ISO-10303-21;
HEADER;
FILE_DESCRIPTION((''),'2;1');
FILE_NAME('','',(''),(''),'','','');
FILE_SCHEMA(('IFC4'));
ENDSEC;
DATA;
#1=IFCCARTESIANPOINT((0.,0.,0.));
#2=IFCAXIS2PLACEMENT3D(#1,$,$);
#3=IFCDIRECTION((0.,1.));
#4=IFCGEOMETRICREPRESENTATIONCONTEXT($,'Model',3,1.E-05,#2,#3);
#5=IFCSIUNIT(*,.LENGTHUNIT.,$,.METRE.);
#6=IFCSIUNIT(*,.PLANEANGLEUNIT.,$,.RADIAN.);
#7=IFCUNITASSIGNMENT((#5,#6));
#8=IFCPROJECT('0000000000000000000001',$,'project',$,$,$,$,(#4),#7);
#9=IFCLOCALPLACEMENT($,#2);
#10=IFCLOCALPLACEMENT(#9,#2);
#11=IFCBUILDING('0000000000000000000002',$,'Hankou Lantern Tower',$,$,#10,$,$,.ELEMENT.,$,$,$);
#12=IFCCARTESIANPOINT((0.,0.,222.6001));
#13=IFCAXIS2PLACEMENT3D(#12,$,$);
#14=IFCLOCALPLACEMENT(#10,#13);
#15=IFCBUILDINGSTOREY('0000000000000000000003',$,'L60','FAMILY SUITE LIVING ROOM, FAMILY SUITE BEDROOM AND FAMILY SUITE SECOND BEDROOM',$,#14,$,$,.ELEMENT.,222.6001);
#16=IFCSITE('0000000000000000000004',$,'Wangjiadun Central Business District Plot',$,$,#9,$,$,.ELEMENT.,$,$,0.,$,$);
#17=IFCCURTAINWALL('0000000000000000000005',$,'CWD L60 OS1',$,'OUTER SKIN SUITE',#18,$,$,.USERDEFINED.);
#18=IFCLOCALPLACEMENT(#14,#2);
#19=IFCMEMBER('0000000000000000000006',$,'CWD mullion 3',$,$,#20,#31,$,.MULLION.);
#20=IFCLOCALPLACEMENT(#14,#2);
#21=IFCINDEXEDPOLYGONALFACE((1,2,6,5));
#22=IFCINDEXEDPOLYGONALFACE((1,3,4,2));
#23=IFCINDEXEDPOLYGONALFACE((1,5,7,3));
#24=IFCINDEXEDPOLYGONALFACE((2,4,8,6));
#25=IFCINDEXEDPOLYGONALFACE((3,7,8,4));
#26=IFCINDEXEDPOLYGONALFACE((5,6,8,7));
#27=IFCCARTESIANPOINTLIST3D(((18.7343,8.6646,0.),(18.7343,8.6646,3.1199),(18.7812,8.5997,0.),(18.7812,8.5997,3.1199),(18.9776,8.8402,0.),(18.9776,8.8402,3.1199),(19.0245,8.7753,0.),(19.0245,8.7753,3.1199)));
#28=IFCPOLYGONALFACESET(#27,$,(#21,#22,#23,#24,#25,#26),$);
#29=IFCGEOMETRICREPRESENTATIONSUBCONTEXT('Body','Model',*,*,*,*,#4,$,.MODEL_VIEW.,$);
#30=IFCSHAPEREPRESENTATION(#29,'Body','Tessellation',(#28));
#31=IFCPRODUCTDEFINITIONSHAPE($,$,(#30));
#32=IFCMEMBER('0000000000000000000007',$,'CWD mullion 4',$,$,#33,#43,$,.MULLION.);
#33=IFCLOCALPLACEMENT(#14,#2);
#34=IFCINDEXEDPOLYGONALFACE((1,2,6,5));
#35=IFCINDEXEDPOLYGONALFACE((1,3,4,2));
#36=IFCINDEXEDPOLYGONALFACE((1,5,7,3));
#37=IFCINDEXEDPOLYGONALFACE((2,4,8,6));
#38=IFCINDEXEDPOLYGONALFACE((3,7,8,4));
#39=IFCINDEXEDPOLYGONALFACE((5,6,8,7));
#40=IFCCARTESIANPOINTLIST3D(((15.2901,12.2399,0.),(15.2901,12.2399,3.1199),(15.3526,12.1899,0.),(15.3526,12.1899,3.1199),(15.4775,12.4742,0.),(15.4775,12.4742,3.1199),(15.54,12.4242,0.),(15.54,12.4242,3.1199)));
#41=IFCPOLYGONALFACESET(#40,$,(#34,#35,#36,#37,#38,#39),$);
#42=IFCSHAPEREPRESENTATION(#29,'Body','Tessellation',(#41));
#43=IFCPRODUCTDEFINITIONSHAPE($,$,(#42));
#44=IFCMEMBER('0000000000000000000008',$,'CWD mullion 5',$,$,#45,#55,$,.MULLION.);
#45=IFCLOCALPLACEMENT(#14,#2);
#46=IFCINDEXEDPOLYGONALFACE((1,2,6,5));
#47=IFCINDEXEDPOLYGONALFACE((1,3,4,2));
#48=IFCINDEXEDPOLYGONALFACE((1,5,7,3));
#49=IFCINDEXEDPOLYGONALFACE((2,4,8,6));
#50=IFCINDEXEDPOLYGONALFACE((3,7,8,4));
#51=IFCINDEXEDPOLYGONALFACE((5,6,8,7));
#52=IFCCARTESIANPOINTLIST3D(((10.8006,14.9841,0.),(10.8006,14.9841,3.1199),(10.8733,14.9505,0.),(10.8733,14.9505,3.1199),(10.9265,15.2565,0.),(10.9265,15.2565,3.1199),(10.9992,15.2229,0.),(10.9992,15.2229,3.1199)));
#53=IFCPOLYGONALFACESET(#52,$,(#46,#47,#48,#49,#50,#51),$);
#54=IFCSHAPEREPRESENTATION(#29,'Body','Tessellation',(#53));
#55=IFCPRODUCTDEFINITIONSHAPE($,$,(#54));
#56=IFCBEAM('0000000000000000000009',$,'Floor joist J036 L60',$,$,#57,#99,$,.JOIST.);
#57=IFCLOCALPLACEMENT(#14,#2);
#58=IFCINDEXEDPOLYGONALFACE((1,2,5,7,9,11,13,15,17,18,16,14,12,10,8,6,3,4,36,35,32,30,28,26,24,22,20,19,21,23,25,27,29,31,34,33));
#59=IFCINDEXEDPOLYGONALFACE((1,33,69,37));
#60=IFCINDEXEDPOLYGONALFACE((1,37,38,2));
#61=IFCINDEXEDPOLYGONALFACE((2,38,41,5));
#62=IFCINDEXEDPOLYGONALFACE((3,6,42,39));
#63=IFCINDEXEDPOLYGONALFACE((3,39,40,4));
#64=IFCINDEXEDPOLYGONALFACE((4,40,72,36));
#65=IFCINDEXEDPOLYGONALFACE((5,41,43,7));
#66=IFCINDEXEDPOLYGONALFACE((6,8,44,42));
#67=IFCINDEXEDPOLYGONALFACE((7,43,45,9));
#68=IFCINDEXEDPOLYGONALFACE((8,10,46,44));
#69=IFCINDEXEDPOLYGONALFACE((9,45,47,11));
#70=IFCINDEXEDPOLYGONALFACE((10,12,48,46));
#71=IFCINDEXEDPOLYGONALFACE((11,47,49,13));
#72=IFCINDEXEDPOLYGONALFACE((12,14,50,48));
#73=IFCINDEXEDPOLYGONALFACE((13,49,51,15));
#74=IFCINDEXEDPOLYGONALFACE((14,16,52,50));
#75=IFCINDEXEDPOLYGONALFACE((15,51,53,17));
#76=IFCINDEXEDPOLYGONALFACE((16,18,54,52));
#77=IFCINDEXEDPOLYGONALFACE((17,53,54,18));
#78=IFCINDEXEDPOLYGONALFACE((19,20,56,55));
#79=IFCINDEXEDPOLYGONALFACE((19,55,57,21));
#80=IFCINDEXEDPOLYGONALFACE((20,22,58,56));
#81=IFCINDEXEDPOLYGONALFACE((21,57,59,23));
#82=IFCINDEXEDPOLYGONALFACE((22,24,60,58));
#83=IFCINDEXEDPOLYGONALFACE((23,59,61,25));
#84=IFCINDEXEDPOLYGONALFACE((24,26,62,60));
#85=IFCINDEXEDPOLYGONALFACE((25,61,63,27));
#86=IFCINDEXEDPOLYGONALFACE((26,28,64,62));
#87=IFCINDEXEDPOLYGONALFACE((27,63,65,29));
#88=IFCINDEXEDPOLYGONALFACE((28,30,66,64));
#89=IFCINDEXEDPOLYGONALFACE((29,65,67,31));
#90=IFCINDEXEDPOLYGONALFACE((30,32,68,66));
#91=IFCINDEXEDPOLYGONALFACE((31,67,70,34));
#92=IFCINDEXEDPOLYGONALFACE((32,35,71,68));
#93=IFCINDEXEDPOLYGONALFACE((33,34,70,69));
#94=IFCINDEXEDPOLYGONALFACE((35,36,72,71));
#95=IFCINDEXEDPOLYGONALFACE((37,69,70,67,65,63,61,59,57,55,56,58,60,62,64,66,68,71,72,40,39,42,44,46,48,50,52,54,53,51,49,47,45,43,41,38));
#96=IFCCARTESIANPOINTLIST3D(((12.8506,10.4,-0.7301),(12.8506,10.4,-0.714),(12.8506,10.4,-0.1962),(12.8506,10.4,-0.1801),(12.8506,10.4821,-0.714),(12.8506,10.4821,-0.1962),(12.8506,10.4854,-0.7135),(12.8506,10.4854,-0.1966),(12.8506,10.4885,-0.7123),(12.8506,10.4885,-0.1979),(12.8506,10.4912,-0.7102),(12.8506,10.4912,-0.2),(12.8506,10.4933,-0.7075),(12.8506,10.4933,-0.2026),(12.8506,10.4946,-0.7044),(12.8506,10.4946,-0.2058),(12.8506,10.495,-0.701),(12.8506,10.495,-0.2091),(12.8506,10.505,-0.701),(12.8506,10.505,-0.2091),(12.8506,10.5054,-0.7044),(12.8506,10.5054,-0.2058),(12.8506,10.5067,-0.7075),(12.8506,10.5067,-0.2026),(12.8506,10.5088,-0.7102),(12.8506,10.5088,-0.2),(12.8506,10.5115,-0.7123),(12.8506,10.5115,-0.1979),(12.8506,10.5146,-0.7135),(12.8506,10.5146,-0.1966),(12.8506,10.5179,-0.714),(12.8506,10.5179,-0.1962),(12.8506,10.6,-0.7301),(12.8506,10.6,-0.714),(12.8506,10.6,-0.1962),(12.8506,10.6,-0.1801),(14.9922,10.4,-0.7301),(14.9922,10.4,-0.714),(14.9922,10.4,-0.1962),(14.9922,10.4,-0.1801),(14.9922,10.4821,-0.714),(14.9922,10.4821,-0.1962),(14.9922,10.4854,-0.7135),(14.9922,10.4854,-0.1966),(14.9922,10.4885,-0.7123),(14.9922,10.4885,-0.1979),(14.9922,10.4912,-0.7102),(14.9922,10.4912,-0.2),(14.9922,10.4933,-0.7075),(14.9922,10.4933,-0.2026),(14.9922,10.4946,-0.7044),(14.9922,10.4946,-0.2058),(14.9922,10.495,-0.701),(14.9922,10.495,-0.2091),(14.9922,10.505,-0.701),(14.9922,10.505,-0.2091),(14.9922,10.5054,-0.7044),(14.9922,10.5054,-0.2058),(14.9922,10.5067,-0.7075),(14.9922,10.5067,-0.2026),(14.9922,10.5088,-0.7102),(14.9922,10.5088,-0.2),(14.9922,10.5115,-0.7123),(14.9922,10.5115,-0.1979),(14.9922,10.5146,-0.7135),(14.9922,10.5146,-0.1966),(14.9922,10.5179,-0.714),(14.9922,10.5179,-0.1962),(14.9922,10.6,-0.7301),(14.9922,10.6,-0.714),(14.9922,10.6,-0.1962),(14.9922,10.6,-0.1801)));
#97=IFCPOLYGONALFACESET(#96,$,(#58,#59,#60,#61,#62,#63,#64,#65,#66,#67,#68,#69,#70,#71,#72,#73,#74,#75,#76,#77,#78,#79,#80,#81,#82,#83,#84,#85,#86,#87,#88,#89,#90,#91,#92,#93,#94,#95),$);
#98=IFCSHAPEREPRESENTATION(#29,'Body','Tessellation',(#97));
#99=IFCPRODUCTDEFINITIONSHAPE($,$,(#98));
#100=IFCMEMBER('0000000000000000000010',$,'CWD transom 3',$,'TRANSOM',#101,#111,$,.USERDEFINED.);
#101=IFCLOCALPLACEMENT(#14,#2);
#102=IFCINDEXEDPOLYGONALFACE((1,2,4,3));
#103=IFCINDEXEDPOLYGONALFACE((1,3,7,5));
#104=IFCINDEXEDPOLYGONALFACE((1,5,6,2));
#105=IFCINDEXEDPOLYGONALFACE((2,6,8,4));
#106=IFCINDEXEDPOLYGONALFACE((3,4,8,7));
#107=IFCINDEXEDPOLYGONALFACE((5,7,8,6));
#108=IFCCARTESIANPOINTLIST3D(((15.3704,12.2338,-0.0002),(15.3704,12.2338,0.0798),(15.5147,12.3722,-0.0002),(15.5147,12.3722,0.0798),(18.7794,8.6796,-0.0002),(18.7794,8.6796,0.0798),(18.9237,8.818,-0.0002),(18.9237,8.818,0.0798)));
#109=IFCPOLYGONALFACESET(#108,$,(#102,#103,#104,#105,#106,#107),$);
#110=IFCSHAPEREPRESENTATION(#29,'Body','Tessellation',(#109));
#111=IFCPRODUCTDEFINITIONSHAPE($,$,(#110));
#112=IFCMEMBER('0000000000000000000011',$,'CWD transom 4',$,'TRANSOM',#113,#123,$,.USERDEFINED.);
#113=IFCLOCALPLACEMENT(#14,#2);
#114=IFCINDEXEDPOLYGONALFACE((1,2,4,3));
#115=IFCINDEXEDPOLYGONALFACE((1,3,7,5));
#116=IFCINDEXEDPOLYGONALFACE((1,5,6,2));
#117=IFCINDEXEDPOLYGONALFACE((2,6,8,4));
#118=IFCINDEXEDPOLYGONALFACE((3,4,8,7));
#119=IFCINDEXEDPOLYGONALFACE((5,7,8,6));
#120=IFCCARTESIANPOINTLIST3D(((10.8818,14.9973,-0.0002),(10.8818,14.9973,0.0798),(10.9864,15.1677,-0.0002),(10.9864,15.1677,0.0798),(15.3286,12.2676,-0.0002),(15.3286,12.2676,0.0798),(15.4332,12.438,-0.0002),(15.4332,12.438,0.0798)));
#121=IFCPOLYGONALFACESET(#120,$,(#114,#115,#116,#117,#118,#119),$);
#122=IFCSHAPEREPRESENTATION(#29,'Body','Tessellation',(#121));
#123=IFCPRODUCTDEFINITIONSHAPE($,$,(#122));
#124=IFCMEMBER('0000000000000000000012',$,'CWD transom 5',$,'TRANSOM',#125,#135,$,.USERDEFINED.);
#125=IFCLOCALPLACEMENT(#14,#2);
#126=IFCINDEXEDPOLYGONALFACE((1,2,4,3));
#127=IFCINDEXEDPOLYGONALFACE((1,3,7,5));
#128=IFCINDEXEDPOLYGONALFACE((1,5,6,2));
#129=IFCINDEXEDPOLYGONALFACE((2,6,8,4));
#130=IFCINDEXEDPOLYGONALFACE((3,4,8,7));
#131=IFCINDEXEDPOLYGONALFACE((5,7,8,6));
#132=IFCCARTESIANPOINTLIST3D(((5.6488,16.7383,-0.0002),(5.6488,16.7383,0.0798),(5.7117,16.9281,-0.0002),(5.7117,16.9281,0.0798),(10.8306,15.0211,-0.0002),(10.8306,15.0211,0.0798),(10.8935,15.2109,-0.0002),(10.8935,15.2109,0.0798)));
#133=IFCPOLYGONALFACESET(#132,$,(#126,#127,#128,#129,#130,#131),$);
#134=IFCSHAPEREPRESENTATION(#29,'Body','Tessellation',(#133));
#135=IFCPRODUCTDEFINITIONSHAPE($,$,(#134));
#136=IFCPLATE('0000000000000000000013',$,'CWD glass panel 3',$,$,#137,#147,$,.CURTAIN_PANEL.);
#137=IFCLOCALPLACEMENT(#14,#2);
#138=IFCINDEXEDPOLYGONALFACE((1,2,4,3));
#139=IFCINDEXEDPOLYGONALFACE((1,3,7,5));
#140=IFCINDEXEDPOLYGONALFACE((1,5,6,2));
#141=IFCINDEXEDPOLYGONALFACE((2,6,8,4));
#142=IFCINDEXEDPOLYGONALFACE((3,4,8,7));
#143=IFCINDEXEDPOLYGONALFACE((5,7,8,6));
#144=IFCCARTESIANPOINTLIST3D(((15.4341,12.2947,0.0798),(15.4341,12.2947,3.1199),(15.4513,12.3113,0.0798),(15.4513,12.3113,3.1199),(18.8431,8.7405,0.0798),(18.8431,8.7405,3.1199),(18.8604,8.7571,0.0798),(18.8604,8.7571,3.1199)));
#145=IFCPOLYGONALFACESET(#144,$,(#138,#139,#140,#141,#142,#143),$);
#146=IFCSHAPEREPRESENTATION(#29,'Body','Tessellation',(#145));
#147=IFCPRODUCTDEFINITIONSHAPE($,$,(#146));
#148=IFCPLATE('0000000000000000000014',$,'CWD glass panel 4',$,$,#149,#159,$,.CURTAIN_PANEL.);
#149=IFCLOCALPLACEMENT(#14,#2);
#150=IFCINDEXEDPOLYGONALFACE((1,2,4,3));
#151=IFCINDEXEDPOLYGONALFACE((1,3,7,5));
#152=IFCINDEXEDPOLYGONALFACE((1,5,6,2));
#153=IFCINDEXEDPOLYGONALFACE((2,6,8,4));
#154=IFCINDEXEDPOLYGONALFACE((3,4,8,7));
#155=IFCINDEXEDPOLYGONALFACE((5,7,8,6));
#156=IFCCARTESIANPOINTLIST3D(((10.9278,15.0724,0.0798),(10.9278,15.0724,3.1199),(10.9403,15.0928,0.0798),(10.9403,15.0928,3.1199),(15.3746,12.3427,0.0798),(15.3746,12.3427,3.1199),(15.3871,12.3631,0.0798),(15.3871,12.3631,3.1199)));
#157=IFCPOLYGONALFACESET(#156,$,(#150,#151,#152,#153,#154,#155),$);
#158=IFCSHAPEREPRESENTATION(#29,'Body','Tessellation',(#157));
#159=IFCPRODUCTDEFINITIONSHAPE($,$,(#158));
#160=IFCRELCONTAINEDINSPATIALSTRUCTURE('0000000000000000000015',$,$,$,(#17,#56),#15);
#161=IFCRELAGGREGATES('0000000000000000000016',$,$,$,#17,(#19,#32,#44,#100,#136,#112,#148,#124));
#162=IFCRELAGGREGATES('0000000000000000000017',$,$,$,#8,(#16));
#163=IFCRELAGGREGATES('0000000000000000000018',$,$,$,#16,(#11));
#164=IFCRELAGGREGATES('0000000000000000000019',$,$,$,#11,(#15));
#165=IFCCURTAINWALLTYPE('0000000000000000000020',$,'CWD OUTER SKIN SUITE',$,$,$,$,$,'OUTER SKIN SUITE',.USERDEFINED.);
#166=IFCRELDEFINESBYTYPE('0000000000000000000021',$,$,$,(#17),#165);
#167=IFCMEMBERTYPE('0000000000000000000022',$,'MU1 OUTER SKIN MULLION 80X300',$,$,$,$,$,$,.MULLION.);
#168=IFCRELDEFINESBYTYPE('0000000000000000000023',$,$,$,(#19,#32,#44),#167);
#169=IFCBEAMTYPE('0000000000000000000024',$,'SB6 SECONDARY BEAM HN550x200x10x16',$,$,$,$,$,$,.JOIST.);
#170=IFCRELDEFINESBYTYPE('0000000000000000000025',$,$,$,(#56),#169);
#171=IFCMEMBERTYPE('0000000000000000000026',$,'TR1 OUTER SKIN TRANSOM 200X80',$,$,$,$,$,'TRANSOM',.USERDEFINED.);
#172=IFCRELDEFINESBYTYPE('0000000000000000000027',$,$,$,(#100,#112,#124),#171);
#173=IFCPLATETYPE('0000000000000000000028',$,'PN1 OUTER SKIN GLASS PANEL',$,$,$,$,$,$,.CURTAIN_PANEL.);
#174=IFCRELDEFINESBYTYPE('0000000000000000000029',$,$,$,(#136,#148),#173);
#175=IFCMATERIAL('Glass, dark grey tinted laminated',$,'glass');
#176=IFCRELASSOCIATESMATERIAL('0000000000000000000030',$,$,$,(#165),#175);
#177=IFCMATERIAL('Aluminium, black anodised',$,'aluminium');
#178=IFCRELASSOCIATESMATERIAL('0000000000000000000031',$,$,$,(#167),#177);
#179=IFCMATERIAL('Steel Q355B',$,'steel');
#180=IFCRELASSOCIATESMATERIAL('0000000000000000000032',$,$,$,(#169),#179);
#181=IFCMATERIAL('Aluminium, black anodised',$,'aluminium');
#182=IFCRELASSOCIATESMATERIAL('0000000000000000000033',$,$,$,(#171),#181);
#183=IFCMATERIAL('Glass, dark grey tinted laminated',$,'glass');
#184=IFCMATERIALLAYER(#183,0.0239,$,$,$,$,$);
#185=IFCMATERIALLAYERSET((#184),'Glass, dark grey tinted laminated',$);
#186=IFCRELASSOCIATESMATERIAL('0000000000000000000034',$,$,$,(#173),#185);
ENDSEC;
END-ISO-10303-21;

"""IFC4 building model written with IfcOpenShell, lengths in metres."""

from ifc_helpers import new_model, si_unit, direction, frame, origin, origin_2d, place, context, subcontext, project, spatial, rectangle, i_section, extrude, material, layer, layer_set, material_profile, profile_set, type_object, element, aggregate, save


model = new_model("IFC4")

# Units and contexts
model_context = context("Model", 3, precision=1e-05, world=origin(), true_north=direction((0.0, 1.0)))
body_context = subcontext(model_context, "Body", "Model", "MODEL_VIEW")
ifc_project = project(units=[si_unit("LENGTHUNIT", "METRE"), si_unit("PLANEANGLEUNIT", "RADIAN")], contexts=[model_context])

# Site, building, storey
site_placement = place(None, origin())
site = spatial("IfcSite", under=ifc_project, at=site_placement, Name="Wangjiadun Central Business District Plot", CompositionType="ELEMENT", RefElevation=0.0)
building_placement = place(site_placement, origin())
building = spatial("IfcBuilding", under=site, at=building_placement, Name="Hankou Lantern Tower", CompositionType="ELEMENT")
storey_placement = place(building_placement, frame((0.0, 0.0, 222.6001)))
storey = spatial("IfcBuildingStorey", under=building, at=storey_placement, Name="L60", Description="FAMILY SUITE LIVING ROOM, FAMILY SUITE BEDROOM AND FAMILY SUITE SECOND BEDROOM", CompositionType="ELEMENT", Elevation=222.6001)

# Curtain wall, members
ifc_material_1 = material(Name="Glass, dark grey tinted laminated", Category="glass")
curtain_wall_type = type_object("IfcCurtainWallType", Name="CWD OUTER SKIN SUITE", ElementType="OUTER SKIN SUITE", PredefinedType="USERDEFINED", material=ifc_material_1)
curtain_wall_placement = place(storey_placement, origin())
curtain_wall = element("IfcCurtainWall", 1, at=curtain_wall_placement, inside=storey, type_object=curtain_wall_type, Name="CWD L60 OS1", ObjectType="OUTER SKIN SUITE", PredefinedType="USERDEFINED")
ifc_material_2 = material(Name="Aluminium, black anodised", Category="aluminium")
ifc_material_profile_1 = material_profile(ifc_material_2, rectangle(XDim=0.0801, YDim=0.3, at=origin_2d()), Name="MU1 80X300")
ifc_profile_set_1 = profile_set([ifc_material_profile_1], Name="Aluminium, black anodised")
member_type_1 = type_object("IfcMemberType", Name="MU1 OUTER SKIN MULLION 80X300", PredefinedType="MULLION", material=ifc_profile_set_1)
member_1_placement = place(storey_placement, frame((18.8794, 8.72, 0.0), z_axis=(0.0, 0.0, 1.0), x_axis=(-0.585206, 0.810885, 0.0)))
member_1 = element("IfcMember", 2, at=member_1_placement, type_object=member_type_1, Name="CWD mullion 3", PredefinedType="MULLION", context=body_context, shape_type="SweptSolid", body=[
    extrude(rectangle(XDim=0.0801, YDim=0.3, at=origin_2d()), origin(), (0.0, 0.0, 1.0), 3.1199),
])
member_2_placement = place(storey_placement, frame((15.415, 12.332, 0.0), z_axis=(0.0, 0.0, 1.0), x_axis=(-0.780869, 0.624695, 0.0)))
member_2 = element("IfcMember", 3, at=member_2_placement, type_object=member_type_1, Name="CWD mullion 4", PredefinedType="MULLION", context=body_context, shape_type="SweptSolid", body=[
    extrude(rectangle(XDim=0.0801, YDim=0.3, at=origin_2d()), origin(), (0.0, 0.0, 1.0), 3.1199),
])
member_3_placement = place(storey_placement, frame((10.8999, 15.1035, 0.0), z_axis=(0.0, 0.0, 1.0), x_axis=(-0.907841, 0.419314, 0.0)))
member_3 = element("IfcMember", 4, at=member_3_placement, type_object=member_type_1, Name="CWD mullion 5", PredefinedType="MULLION", context=body_context, shape_type="SweptSolid", body=[
    extrude(rectangle(XDim=0.0801, YDim=0.3, at=origin_2d()), origin(), (0.0, 0.0, 1.0), 3.1199),
])

# Beam
ifc_material_3 = material(Name="Steel Q355B", Category="steel")
ifc_material_profile_2 = material_profile(ifc_material_3, i_section(OverallWidth=0.2, OverallDepth=0.55, WebThickness=0.01, FlangeThickness=0.0161, FilletRadius=0.0129, at=origin_2d()), Name="HN550x200x10x16")
ifc_profile_set_2 = profile_set([ifc_material_profile_2], Name="Steel Q355B")
beam_type_1 = type_object("IfcBeamType", Name="SB6 SECONDARY BEAM HN550x200x10x16", PredefinedType="JOIST", material=ifc_profile_set_2)
beam_1_placement = place(storey_placement, frame((12.8506, 10.5, -0.4551), z_axis=(1.0, 0.0, 0.0), x_axis=(0.0, 1.0, 0.0)))
element("IfcBeam", 5, at=beam_1_placement, inside=storey, type_object=beam_type_1, Name="Floor joist J036 L60", PredefinedType="JOIST", context=body_context, shape_type="SweptSolid", body=[
    extrude(i_section(OverallWidth=0.2, OverallDepth=0.55, WebThickness=0.01, FlangeThickness=0.0161, FilletRadius=0.0129, at=origin_2d()), origin(), (0.0, 0.0, 1.0), 2.1416),
])

# Members
ifc_material_4 = material(Name="Aluminium, black anodised", Category="aluminium")
ifc_material_profile_3 = material_profile(ifc_material_4, rectangle(XDim=0.2, YDim=0.0801, at=origin_2d()), Name="TR1 200X80")
ifc_profile_set_3 = profile_set([ifc_material_profile_3], Name="Aluminium, black anodised")
member_type_2 = type_object("IfcMemberType", Name="TR1 OUTER SKIN TRANSOM 200X80", ElementType="TRANSOM", PredefinedType="USERDEFINED", material=ifc_profile_set_3)
member_4_placement = place(storey_placement, frame((18.8516, 8.7488, 0.0398), z_axis=(-0.692205, 0.721701, 0.0), x_axis=(-0.721701, -0.692205, 0.0)))
member_4 = element("IfcMember", 6, at=member_4_placement, type_object=member_type_2, Name="CWD transom 3", ObjectType="TRANSOM", PredefinedType="USERDEFINED", context=body_context, shape_type="SweptSolid", body=[
    extrude(rectangle(XDim=0.2, YDim=0.0801, at=origin_2d()), origin(), (0.0, 0.0, 1.0), 4.9248),
])
member_5_placement = place(storey_placement, frame((15.3809, 12.3528, 0.0398), z_axis=(-0.852235, 0.52316, 0.0), x_axis=(-0.52316, -0.852235, 0.0)))
member_5 = element("IfcMember", 7, at=member_5_placement, type_object=member_type_2, Name="CWD transom 4", ObjectType="TRANSOM", PredefinedType="USERDEFINED", context=body_context, shape_type="SweptSolid", body=[
    extrude(rectangle(XDim=0.2, YDim=0.0801, at=origin_2d()), origin(), (0.0, 0.0, 1.0), 5.2178),
])
member_6_placement = place(storey_placement, frame((10.8621, 15.116, 0.0398), z_axis=(-0.949232, 0.314577, 0.0), x_axis=(-0.314577, -0.949232, 0.0)))
member_6 = element("IfcMember", 8, at=member_6_placement, type_object=member_type_2, Name="CWD transom 5", ObjectType="TRANSOM", PredefinedType="USERDEFINED", context=body_context, shape_type="SweptSolid", body=[
    extrude(rectangle(XDim=0.2, YDim=0.0801, at=origin_2d()), origin(), (0.0, 0.0, 1.0), 5.459),
])

# Plates
ifc_material_5 = material(Name="Glass, dark grey tinted laminated", Category="glass")
ifc_layer_1 = layer(ifc_material_5, 0.0239)
ifc_layer_set_1 = layer_set([ifc_layer_1], Name="Glass, dark grey tinted laminated")
plate_type = type_object("IfcPlateType", Name="PN1 OUTER SKIN GLASS PANEL", PredefinedType="CURTAIN_PANEL", material=ifc_layer_set_1)
plate_1_placement = place(storey_placement, frame((17.1472, 10.5259, 0.0798), z_axis=(0.0, 0.0, 1.0), x_axis=(-0.692216, 0.721691, 0.0)))
plate_1 = element("IfcPlate", 9, at=plate_1_placement, type_object=plate_type, Name="CWD glass panel 3", PredefinedType="CURTAIN_PANEL", context=body_context, shape_type="SweptSolid", body=[
    extrude(rectangle(XDim=4.9248, YDim=0.0239, at=origin_2d()), origin(), (0.0, 0.0, 1.0), 3.04),
])
plate_2_placement = place(storey_placement, frame((13.1575, 13.7178, 0.0798), z_axis=(0.0, 0.0, 1.0), x_axis=(-0.852237, 0.523156, 0.0)))
plate_2 = element("IfcPlate", 10, at=plate_2_placement, type_object=plate_type, Name="CWD glass panel 4", PredefinedType="CURTAIN_PANEL", context=body_context, shape_type="SweptSolid", body=[
    extrude(rectangle(XDim=5.2178, YDim=0.0239, at=origin_2d()), origin(), (0.0, 0.0, 1.0), 3.04),
])
aggregate(curtain_wall, [member_1, member_2, member_3, member_4, plate_1, member_5, plate_2, member_6])

save(model, "model.ifc")
